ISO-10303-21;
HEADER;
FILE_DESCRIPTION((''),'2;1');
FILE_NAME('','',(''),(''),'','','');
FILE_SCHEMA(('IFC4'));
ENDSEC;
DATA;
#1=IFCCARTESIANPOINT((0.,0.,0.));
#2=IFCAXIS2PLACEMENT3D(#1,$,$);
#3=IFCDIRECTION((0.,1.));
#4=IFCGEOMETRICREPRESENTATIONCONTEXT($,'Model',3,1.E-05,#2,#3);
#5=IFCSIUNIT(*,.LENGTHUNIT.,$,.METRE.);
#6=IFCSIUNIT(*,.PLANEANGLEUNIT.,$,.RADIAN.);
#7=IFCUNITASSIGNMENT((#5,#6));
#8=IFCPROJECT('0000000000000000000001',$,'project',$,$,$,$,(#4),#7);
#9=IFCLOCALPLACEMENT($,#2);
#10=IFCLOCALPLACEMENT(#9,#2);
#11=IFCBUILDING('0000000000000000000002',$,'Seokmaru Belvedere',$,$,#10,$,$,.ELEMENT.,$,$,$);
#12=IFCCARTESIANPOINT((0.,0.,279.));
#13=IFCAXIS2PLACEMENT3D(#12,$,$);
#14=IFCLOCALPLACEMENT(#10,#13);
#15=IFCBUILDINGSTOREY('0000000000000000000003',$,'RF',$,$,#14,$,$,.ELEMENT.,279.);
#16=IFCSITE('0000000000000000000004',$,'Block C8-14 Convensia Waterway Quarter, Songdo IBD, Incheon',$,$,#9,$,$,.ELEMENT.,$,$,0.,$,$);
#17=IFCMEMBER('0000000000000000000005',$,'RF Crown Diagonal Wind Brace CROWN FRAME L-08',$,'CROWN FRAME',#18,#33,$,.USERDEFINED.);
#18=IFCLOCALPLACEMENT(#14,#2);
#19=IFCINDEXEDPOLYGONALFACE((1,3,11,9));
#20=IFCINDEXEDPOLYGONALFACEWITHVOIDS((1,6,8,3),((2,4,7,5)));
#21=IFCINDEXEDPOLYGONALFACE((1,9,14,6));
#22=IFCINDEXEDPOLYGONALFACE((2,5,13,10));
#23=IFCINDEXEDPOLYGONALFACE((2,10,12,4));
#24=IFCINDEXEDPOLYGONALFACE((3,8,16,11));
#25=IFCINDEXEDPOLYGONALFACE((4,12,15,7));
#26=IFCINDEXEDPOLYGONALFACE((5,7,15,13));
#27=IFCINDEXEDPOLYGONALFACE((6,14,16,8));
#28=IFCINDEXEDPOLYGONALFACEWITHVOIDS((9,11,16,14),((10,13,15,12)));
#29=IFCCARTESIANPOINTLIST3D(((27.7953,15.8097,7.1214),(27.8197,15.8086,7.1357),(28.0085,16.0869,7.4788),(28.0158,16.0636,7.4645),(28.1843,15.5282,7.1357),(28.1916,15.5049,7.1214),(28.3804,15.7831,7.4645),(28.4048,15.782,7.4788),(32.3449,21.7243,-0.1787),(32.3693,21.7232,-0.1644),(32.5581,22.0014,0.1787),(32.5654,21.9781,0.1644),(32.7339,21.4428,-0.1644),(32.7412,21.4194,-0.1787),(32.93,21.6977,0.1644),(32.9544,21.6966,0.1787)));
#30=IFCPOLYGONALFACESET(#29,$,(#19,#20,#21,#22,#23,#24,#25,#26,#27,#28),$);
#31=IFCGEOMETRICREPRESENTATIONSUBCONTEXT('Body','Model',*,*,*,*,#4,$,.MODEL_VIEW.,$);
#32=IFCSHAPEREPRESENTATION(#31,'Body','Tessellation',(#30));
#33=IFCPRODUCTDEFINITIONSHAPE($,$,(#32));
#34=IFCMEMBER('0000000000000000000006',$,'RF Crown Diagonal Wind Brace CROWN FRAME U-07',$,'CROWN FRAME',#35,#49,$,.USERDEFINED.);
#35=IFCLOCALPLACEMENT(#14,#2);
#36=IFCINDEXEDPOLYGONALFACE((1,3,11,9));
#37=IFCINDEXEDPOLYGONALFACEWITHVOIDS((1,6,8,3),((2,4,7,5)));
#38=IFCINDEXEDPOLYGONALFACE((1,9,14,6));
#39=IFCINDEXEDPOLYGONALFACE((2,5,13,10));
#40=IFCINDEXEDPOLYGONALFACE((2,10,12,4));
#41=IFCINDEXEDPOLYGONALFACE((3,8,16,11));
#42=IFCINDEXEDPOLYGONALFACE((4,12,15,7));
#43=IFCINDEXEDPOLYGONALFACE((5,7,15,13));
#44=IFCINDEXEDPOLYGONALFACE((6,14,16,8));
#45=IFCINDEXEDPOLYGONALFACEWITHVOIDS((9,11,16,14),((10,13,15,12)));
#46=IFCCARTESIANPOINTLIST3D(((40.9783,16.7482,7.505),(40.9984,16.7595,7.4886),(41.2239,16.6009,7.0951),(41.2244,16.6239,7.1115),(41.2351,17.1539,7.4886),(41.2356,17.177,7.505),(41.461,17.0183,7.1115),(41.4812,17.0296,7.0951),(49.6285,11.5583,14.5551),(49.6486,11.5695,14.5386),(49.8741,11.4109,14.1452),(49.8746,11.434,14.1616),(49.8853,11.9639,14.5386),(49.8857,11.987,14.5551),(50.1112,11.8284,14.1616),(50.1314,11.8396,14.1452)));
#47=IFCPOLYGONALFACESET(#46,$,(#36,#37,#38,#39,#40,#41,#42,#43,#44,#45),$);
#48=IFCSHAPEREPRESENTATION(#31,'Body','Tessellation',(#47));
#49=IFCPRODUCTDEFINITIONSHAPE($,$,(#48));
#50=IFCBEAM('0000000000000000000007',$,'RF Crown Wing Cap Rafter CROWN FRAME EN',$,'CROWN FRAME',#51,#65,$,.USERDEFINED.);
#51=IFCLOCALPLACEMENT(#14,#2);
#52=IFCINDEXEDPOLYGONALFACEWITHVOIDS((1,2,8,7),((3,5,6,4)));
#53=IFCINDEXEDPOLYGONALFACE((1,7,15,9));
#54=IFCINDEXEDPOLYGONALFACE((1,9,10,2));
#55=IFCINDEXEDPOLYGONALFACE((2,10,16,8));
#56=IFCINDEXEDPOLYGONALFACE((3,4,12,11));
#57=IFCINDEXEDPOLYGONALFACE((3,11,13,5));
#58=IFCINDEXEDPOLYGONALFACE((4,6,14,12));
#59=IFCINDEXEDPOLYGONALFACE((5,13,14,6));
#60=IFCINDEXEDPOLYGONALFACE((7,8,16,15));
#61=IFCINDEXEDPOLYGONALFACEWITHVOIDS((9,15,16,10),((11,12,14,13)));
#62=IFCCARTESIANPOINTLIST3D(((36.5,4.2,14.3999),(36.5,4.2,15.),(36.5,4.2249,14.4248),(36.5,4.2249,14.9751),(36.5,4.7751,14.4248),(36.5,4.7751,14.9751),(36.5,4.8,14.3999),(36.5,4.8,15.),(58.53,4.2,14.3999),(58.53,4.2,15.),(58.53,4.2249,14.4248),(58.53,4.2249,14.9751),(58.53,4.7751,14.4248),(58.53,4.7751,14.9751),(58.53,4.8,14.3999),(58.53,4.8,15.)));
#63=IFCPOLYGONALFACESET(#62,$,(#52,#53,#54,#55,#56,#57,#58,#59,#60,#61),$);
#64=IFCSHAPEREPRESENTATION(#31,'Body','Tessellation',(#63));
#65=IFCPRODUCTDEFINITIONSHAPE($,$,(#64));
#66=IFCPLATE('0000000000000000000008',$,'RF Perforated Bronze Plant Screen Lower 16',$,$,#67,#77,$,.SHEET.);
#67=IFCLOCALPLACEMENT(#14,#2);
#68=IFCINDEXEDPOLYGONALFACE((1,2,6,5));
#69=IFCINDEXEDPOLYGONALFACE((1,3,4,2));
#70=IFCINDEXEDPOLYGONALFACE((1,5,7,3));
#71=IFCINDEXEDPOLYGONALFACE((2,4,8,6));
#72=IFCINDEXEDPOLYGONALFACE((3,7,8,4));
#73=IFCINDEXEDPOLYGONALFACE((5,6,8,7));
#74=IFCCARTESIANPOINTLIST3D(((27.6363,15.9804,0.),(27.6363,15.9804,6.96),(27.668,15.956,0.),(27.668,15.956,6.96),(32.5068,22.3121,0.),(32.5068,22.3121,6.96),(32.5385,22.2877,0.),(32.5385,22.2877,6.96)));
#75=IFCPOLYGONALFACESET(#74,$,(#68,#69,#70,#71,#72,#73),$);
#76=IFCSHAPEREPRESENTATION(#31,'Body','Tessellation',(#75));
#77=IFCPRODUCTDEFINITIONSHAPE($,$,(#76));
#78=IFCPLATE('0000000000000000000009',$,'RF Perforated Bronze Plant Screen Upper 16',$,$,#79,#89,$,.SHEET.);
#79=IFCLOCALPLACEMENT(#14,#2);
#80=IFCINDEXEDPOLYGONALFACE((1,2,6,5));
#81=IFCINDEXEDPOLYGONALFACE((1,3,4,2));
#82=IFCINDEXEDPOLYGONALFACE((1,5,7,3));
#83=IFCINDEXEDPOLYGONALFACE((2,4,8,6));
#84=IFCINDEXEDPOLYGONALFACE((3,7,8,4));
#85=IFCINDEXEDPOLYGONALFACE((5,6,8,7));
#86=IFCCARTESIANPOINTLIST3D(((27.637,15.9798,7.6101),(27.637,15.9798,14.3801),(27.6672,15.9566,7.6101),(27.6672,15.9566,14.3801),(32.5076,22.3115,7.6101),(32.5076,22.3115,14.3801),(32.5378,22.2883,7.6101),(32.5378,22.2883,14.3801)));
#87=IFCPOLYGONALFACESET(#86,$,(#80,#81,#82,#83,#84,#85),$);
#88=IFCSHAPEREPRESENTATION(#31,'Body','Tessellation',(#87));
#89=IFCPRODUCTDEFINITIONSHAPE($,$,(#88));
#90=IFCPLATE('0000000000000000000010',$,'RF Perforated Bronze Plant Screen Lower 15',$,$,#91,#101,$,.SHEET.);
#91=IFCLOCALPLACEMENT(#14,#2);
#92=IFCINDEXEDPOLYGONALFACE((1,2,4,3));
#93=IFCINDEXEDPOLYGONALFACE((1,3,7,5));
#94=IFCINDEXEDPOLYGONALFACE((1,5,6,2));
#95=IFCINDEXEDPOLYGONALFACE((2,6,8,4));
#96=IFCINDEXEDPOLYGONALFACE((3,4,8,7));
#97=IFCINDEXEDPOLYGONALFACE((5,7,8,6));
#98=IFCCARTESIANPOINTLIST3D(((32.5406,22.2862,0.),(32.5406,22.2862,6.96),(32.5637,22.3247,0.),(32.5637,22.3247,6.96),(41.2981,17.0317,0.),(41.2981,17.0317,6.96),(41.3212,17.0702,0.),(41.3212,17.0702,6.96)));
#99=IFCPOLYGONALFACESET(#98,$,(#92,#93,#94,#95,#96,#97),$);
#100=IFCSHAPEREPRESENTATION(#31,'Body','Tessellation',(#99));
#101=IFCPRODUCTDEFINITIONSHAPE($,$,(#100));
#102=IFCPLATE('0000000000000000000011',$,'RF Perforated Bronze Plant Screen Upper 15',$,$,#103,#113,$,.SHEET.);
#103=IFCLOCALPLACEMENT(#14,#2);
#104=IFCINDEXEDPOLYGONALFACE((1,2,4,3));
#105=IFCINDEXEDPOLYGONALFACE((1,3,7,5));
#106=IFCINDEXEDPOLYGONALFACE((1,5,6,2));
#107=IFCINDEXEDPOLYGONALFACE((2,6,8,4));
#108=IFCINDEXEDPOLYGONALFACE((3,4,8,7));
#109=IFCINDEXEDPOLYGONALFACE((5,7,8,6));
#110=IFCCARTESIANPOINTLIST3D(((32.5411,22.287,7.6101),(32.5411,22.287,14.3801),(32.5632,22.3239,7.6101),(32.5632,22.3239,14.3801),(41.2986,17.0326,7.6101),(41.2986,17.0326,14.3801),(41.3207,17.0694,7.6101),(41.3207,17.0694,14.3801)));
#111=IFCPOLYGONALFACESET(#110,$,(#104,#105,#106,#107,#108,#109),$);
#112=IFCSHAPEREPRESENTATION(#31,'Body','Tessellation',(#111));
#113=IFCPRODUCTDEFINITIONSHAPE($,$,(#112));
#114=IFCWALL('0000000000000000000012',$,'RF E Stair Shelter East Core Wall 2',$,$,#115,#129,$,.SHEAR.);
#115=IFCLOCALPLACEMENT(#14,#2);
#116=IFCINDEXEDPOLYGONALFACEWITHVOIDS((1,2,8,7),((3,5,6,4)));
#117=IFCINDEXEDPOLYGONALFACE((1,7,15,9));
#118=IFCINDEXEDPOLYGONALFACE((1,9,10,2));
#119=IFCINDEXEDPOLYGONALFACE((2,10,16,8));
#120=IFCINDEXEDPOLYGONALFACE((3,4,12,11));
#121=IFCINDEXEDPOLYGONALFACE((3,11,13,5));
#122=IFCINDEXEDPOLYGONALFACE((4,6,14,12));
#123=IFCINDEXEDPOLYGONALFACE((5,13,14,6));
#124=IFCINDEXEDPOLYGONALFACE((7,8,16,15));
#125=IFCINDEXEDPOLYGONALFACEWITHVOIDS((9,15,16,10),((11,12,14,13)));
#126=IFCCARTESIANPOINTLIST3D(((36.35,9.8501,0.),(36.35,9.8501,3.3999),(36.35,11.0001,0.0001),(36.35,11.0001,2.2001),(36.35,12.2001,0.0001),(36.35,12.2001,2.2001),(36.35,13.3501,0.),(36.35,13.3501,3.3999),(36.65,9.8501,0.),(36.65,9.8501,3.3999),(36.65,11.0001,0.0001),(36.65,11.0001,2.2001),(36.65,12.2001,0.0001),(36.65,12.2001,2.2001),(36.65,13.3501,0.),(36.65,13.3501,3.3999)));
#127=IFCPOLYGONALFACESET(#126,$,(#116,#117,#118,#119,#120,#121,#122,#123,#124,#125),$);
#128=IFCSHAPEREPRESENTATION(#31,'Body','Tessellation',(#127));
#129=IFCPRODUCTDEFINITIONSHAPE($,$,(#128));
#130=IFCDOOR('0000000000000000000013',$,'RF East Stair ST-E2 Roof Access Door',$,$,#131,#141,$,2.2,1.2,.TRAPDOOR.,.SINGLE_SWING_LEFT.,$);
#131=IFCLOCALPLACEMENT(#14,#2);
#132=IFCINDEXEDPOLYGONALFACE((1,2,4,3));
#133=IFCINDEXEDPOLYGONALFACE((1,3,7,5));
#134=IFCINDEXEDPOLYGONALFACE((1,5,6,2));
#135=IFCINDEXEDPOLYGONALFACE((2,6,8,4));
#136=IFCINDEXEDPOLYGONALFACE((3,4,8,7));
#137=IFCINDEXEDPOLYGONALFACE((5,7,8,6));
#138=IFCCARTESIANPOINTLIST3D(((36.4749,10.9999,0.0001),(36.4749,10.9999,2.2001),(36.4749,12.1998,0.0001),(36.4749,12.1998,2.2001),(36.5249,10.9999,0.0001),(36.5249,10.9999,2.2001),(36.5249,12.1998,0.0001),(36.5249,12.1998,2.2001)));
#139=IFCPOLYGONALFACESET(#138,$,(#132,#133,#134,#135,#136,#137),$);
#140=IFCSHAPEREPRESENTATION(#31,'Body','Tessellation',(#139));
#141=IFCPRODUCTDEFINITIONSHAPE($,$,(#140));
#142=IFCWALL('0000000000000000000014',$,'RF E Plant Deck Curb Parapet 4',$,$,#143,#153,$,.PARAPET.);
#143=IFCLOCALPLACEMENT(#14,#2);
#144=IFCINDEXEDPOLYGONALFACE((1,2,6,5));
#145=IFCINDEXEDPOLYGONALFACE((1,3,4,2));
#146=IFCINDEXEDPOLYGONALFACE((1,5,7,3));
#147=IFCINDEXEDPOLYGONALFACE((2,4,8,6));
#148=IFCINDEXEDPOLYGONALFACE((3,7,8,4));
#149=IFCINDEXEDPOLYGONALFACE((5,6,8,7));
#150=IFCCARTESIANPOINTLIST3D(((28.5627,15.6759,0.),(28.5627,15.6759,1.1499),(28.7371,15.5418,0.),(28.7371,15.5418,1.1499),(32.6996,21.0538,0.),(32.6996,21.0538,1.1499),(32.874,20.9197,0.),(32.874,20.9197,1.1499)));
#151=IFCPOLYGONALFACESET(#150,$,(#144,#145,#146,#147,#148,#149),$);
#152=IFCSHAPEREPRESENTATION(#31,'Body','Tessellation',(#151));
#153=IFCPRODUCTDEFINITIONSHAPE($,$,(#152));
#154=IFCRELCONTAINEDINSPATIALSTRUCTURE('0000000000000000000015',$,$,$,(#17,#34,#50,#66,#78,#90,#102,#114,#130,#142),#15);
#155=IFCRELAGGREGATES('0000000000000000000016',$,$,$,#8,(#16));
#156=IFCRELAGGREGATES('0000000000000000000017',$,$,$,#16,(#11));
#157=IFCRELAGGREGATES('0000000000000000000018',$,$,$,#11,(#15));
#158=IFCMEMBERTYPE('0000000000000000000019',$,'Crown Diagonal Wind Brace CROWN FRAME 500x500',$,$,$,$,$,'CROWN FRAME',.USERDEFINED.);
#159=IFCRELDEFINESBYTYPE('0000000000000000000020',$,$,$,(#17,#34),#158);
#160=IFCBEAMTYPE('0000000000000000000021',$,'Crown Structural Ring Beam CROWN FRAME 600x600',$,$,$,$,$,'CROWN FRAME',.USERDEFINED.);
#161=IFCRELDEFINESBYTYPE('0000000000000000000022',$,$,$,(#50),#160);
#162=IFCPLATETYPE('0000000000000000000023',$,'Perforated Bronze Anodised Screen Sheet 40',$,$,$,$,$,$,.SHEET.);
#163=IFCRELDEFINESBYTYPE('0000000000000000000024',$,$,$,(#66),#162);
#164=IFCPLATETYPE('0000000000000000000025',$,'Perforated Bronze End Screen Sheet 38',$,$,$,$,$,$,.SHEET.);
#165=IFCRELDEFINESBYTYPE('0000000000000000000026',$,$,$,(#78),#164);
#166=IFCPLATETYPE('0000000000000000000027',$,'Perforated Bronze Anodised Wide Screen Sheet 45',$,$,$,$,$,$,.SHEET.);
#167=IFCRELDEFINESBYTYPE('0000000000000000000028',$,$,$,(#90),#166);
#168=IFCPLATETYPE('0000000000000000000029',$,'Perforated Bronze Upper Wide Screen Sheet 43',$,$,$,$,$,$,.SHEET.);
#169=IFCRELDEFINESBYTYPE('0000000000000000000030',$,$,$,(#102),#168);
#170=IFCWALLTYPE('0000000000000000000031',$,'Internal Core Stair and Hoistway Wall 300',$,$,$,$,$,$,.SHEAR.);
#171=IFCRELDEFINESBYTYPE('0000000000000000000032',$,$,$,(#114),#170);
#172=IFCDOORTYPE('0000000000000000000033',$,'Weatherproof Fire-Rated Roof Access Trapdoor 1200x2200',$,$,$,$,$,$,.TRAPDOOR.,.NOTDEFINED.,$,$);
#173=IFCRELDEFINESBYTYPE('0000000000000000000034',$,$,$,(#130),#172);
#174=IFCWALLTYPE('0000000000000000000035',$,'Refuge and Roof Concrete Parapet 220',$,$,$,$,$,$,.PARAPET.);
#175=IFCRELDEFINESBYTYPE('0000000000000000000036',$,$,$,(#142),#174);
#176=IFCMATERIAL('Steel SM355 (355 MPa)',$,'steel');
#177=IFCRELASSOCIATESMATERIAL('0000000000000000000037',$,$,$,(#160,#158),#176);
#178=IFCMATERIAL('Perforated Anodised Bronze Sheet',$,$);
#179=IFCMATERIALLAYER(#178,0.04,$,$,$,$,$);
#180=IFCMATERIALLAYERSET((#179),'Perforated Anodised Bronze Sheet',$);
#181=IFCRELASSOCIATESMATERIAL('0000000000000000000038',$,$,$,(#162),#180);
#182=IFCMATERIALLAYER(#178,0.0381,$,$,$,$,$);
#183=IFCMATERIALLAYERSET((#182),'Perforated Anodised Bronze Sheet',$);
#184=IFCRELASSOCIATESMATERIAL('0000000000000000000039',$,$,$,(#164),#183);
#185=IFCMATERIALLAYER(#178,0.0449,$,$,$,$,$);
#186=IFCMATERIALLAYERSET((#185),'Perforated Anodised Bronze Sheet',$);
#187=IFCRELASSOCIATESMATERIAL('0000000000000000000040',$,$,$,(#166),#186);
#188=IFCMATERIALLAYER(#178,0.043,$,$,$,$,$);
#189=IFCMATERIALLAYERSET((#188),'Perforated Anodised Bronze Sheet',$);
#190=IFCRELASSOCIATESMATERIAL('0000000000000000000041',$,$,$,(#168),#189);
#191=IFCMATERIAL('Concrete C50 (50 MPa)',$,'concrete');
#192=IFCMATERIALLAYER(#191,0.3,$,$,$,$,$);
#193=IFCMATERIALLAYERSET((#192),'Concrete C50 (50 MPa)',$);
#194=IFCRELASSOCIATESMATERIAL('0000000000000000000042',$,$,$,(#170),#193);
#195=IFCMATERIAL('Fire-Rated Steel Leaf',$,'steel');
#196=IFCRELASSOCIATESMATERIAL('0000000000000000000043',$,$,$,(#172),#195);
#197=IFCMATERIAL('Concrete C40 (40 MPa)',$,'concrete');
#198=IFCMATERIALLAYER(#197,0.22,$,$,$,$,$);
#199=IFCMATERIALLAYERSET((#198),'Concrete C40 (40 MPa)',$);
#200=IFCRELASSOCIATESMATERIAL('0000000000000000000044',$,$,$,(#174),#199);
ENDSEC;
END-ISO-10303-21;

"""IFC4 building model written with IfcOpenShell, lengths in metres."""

from ifc_helpers import new_model, si_unit, direction, frame, frame_2d, origin, origin_2d, place, context, subcontext, project, spatial, rectangle, hollow_rectangle, extrude, source, transform, mapped, material, layer, layer_set, material_profile, profile_set, type_object, type_shapes, element, fill, save


model = new_model("IFC4")

# Units and contexts
model_context = context("Model", 3, precision=1e-05, world=origin(), true_north=direction((0.0, 1.0)))
body_context = subcontext(model_context, "Body", "Model", "MODEL_VIEW")
ifc_project = project(units=[si_unit("LENGTHUNIT", "METRE"), si_unit("PLANEANGLEUNIT", "RADIAN")], contexts=[model_context])

# Site, building, storey
site_placement = place(None, origin())
site = spatial("IfcSite", under=ifc_project, at=site_placement, Name="Block C8-14 Convensia Waterway Quarter, Songdo IBD, Incheon", CompositionType="ELEMENT", RefElevation=0.0)
building_placement = place(site_placement, origin())
building = spatial("IfcBuilding", under=site, at=building_placement, Name="Seokmaru Belvedere", CompositionType="ELEMENT")
storey_placement = place(building_placement, frame((0.0, 0.0, 279.0)))
storey = spatial("IfcBuildingStorey", under=building, at=storey_placement, Name="RF", CompositionType="ELEMENT", Elevation=279.0)

# Shared definitions
ifc_material_1 = material(Name="Steel SM355 (355 MPa)", Category="steel")

# Shared definitions
ifc_material_profile_1 = material_profile(ifc_material_1, hollow_rectangle(XDim=0.6001, YDim=0.6001, WallThickness=0.0249, at=origin_2d()), Name="HSS-600x600x25")
ifc_profile_set_1 = profile_set([ifc_material_profile_1], Name="Steel SM355 (355 MPa)")
beam_type_1 = type_object("IfcBeamType", Name="Crown Structural Ring Beam CROWN FRAME 600x600", ElementType="CROWN FRAME", PredefinedType="USERDEFINED", material=ifc_profile_set_1)

# Members
ifc_material_profile_2 = material_profile(ifc_material_1, hollow_rectangle(XDim=0.5, YDim=0.5, WallThickness=0.02, at=origin_2d()), Name="HSS-500x500x20")
ifc_profile_set_2 = profile_set([ifc_material_profile_2], Name="Steel SM355 (355 MPa)")
member_type = type_object("IfcMemberType", Name="Crown Diagonal Wind Brace CROWN FRAME 500x500", ElementType="CROWN FRAME", PredefinedType="USERDEFINED", material=ifc_profile_set_2)
shared_shape_1 = source(origin(), body_context, "Body", "SweptSolid", [
    extrude(hollow_rectangle(XDim=0.5, YDim=0.5, WallThickness=0.02, at=origin_2d()), origin(), (0.0, 0.0, 1.0), 10.439),
])
member_1_placement = place(storey_placement, frame((32.6497, 21.7104, 0.0), z_axis=(-0.435827, -0.566586, 0.69931), x_axis=(0.79263, -0.609703, 0.0)))
element("IfcMember", 1, at=member_1_placement, inside=storey, type_object=member_type, Name="RF Crown Diagonal Wind Brace CROWN FRAME L-08", ObjectType="CROWN FRAME", PredefinedType="USERDEFINED", context=body_context, shape_type="MappedRepresentation", body=[
    mapped(shared_shape_1, transform((0.0, 0.0, 0.0), scale=1.0)),
])
shared_shape_2 = source(origin(), body_context, "Body", "SweptSolid", [
    extrude(hollow_rectangle(XDim=0.5, YDim=0.5, WallThickness=0.02, at=origin_2d()), origin(), (0.0, 0.0, 1.0), 12.3071),
])
type_shapes(member_type, [shared_shape_1, shared_shape_2])
member_2_placement = place(storey_placement, frame((41.2297, 16.8889, 7.3), z_axis=(0.702861, -0.421704, 0.572846), x_axis=(0.514485, 0.857499, 0.0)))
element("IfcMember", 2, at=member_2_placement, inside=storey, type_object=member_type, Name="RF Crown Diagonal Wind Brace CROWN FRAME U-07", ObjectType="CROWN FRAME", PredefinedType="USERDEFINED", context=body_context, shape_type="MappedRepresentation", body=[
    mapped(shared_shape_2, transform((0.0, 0.0, 0.0), scale=1.0)),
])

# Beam
shared_shape_3 = source(origin(), body_context, "Body", "SweptSolid", [
    extrude(hollow_rectangle(XDim=0.6001, YDim=0.6001, WallThickness=0.0249, at=origin_2d()), origin(), (0.0, 0.0, 1.0), 22.03),
])
beam_1_placement = place(storey_placement, frame((36.5, 4.5, 14.7), z_axis=(1.0, 0.0, 0.0), x_axis=(0.0, 1.0, 0.0)))
element("IfcBeam", 3, at=beam_1_placement, inside=storey, type_object=beam_type_1, Name="RF Crown Wing Cap Rafter CROWN FRAME EN", ObjectType="CROWN FRAME", PredefinedType="USERDEFINED", context=body_context, shape_type="MappedRepresentation", body=[
    mapped(shared_shape_3, transform((0.0, 0.0, 0.0), scale=1.0)),
])

# Plates
ifc_material_2 = material(Name="Perforated Anodised Bronze Sheet")
ifc_layer_1 = layer(ifc_material_2, 0.04)
ifc_layer_set_1 = layer_set([ifc_layer_1], Name="Perforated Anodised Bronze Sheet")
plate_type_1 = type_object("IfcPlateType", Name="Perforated Bronze Anodised Screen Sheet 40", PredefinedType="SHEET", material=ifc_layer_set_1)
shared_shape_4 = source(origin(), body_context, "Body", "SweptSolid", [
    extrude(rectangle(XDim=7.9883, YDim=0.04, at=origin_2d()), origin(), (0.0, 0.0, 1.0), 6.96),
])
type_shapes(plate_type_1, [shared_shape_4])
plate_1_placement = place(storey_placement, frame((30.0874, 19.134, 0.0), z_axis=(0.0, 0.0, 1.0), x_axis=(-0.609709, -0.792625, 0.0)))
element("IfcPlate", 4, at=plate_1_placement, inside=storey, type_object=plate_type_1, Name="RF Perforated Bronze Plant Screen Lower 16", PredefinedType="SHEET", context=body_context, shape_type="MappedRepresentation", body=[
    mapped(shared_shape_4, transform((0.0, 0.0, 0.0), scale=1.0)),
])
ifc_layer_2 = layer(ifc_material_2, 0.0381)
ifc_layer_set_2 = layer_set([ifc_layer_2], Name="Perforated Anodised Bronze Sheet")
plate_type_2 = type_object("IfcPlateType", Name="Perforated Bronze End Screen Sheet 38", PredefinedType="SHEET", material=ifc_layer_set_2)
shared_shape_5 = source(origin(), body_context, "Body", "SweptSolid", [
    extrude(rectangle(XDim=7.9883, YDim=0.0381, at=origin_2d()), origin(), (0.0, 0.0, 1.0), 6.77),
])
type_shapes(plate_type_2, [shared_shape_5])
plate_2_placement = place(storey_placement, frame((30.0874, 19.134, 7.6101), z_axis=(0.0, 0.0, 1.0), x_axis=(-0.609709, -0.792625, 0.0)))
element("IfcPlate", 5, at=plate_2_placement, inside=storey, type_object=plate_type_2, Name="RF Perforated Bronze Plant Screen Upper 16", PredefinedType="SHEET", context=body_context, shape_type="MappedRepresentation", body=[
    mapped(shared_shape_5, transform((0.0, 0.0, 0.0), scale=1.0)),
])
ifc_layer_3 = layer(ifc_material_2, 0.0449)
ifc_layer_set_3 = layer_set([ifc_layer_3], Name="Perforated Anodised Bronze Sheet")
plate_type_3 = type_object("IfcPlateType", Name="Perforated Bronze Anodised Wide Screen Sheet 45", PredefinedType="SHEET", material=ifc_layer_set_3)
shared_shape_6 = source(origin(), body_context, "Body", "SweptSolid", [
    extrude(rectangle(XDim=10.2129, YDim=0.0449, at=origin_2d()), origin(), (0.0, 0.0, 1.0), 6.96),
])
type_shapes(plate_type_3, [shared_shape_6])
plate_3_placement = place(storey_placement, frame((36.9309, 19.6782, 0.0), z_axis=(0.0, 0.0, 1.0), x_axis=(-0.857493, 0.514496, 0.0)))
element("IfcPlate", 6, at=plate_3_placement, inside=storey, type_object=plate_type_3, Name="RF Perforated Bronze Plant Screen Lower 15", PredefinedType="SHEET", context=body_context, shape_type="MappedRepresentation", body=[
    mapped(shared_shape_6, transform((0.0, 0.0, 0.0), scale=1.0)),
])
ifc_layer_4 = layer(ifc_material_2, 0.043)
ifc_layer_set_4 = layer_set([ifc_layer_4], Name="Perforated Anodised Bronze Sheet")
plate_type_4 = type_object("IfcPlateType", Name="Perforated Bronze Upper Wide Screen Sheet 43", PredefinedType="SHEET", material=ifc_layer_set_4)
shared_shape_7 = source(origin(), body_context, "Body", "SweptSolid", [
    extrude(rectangle(XDim=10.2129, YDim=0.043, at=origin_2d()), origin(), (0.0, 0.0, 1.0), 6.77),
])
type_shapes(plate_type_4, [shared_shape_7])
plate_4_placement = place(storey_placement, frame((36.9309, 19.6782, 7.6101), z_axis=(0.0, 0.0, 1.0), x_axis=(-0.857493, 0.514496, 0.0)))
element("IfcPlate", 7, at=plate_4_placement, inside=storey, type_object=plate_type_4, Name="RF Perforated Bronze Plant Screen Upper 15", PredefinedType="SHEET", context=body_context, shape_type="MappedRepresentation", body=[
    mapped(shared_shape_7, transform((0.0, 0.0, 0.0), scale=1.0)),
])

# Wall, opening, door
ifc_material_3 = material(Name="Concrete C50 (50 MPa)", Category="concrete")
ifc_layer_5 = layer(ifc_material_3, 0.3)
ifc_layer_set_5 = layer_set([ifc_layer_5], Name="Concrete C50 (50 MPa)")
wall_type_1 = type_object("IfcWallType", Name="Internal Core Stair and Hoistway Wall 300", PredefinedType="SHEAR", material=ifc_layer_set_5)
wall_1_placement = place(storey_placement, frame((36.5, 9.8501, 0.0), z_axis=(0.0, 0.0, 1.0), x_axis=(0.0, 1.0, 0.0)))
wall_1 = element("IfcWall", 8, at=wall_1_placement, inside=storey, type_object=wall_type_1, Name="RF E Stair Shelter East Core Wall 2", PredefinedType="SHEAR", context=body_context, shape_type="SweptSolid", body=[
    extrude(rectangle(XDim=3.5, YDim=0.3, at=frame_2d((1.75, 0.0))), origin(), (0.0, 0.0, 1.0), 3.3999),
])
opening_placement = place(wall_1_placement, frame((1.1499, 0.0, 0.0)))
opening = element("IfcOpeningElement", 9, at=opening_placement, cuts=wall_1, PredefinedType="OPENING", context=body_context, shape_type="SweptSolid", body=[
    extrude(rectangle(XDim=1.2, YDim=2.2, at=frame_2d((0.6001, 1.1001))), frame((0.0, 0.1602, 0.0), z_axis=(0.0, -1.0, 0.0), x_axis=(1.0, 0.0, 0.0)), (0.0, 0.0, 1.0), 0.3201),
])
ifc_material_4 = material(Name="Fire-Rated Steel Leaf", Category="steel")
door_type = type_object("IfcDoorType", Name="Weatherproof Fire-Rated Roof Access Trapdoor 1200x2200", OperationType="NOTDEFINED", PredefinedType="TRAPDOOR", material=ifc_material_4)
shared_shape_8 = source(origin(), body_context, "Body", "SweptSolid", [
    extrude(rectangle(XDim=1.2, YDim=2.2, at=frame_2d((0.6001, 1.1001))), frame((0.0, 0.0249, 0.0), z_axis=(0.0, -1.0, 0.0), x_axis=(1.0, 0.0, 0.0)), (0.0, 0.0, 1.0), 0.05),
])
type_shapes(door_type, [shared_shape_8])
door_placement = place(opening_placement, frame((1.2, 0.0, 0.0), z_axis=(0.0, 0.0, 1.0), x_axis=(-1.0, 0.0, 0.0)))
door = element("IfcDoor", 10, at=door_placement, inside=storey, type_object=door_type, Name="RF East Stair ST-E2 Roof Access Door", OperationType="SINGLE_SWING_LEFT", OverallHeight=2.2, OverallWidth=1.2, PredefinedType="TRAPDOOR", context=body_context, shape_type="MappedRepresentation", body=[
    mapped(shared_shape_8, transform((0.0, 0.0, 0.0), scale=1.0)),
])
fill(opening, door)

# Wall
ifc_material_5 = material(Name="Concrete C40 (40 MPa)", Category="concrete")
ifc_layer_6 = layer(ifc_material_5, 0.22)
ifc_layer_set_6 = layer_set([ifc_layer_6], Name="Concrete C40 (40 MPa)")
wall_type_2 = type_object("IfcWallType", Name="Refuge and Roof Concrete Parapet 220", PredefinedType="PARAPET", material=ifc_layer_set_6)
wall_2_placement = place(storey_placement, frame((32.7869, 20.9868, 0.0), z_axis=(0.0, 0.0, 1.0), x_axis=(-0.609719, -0.792617, 0.0)))
element("IfcWall", 11, at=wall_2_placement, inside=storey, type_object=wall_type_2, Name="RF E Plant Deck Curb Parapet 4", PredefinedType="PARAPET", context=body_context, shape_type="SweptSolid", body=[
    extrude(rectangle(XDim=6.7849, YDim=0.22, at=frame_2d((3.3926, 0.0))), origin(), (0.0, 0.0, 1.0), 1.1499),
])

save(model, "model.ifc")
